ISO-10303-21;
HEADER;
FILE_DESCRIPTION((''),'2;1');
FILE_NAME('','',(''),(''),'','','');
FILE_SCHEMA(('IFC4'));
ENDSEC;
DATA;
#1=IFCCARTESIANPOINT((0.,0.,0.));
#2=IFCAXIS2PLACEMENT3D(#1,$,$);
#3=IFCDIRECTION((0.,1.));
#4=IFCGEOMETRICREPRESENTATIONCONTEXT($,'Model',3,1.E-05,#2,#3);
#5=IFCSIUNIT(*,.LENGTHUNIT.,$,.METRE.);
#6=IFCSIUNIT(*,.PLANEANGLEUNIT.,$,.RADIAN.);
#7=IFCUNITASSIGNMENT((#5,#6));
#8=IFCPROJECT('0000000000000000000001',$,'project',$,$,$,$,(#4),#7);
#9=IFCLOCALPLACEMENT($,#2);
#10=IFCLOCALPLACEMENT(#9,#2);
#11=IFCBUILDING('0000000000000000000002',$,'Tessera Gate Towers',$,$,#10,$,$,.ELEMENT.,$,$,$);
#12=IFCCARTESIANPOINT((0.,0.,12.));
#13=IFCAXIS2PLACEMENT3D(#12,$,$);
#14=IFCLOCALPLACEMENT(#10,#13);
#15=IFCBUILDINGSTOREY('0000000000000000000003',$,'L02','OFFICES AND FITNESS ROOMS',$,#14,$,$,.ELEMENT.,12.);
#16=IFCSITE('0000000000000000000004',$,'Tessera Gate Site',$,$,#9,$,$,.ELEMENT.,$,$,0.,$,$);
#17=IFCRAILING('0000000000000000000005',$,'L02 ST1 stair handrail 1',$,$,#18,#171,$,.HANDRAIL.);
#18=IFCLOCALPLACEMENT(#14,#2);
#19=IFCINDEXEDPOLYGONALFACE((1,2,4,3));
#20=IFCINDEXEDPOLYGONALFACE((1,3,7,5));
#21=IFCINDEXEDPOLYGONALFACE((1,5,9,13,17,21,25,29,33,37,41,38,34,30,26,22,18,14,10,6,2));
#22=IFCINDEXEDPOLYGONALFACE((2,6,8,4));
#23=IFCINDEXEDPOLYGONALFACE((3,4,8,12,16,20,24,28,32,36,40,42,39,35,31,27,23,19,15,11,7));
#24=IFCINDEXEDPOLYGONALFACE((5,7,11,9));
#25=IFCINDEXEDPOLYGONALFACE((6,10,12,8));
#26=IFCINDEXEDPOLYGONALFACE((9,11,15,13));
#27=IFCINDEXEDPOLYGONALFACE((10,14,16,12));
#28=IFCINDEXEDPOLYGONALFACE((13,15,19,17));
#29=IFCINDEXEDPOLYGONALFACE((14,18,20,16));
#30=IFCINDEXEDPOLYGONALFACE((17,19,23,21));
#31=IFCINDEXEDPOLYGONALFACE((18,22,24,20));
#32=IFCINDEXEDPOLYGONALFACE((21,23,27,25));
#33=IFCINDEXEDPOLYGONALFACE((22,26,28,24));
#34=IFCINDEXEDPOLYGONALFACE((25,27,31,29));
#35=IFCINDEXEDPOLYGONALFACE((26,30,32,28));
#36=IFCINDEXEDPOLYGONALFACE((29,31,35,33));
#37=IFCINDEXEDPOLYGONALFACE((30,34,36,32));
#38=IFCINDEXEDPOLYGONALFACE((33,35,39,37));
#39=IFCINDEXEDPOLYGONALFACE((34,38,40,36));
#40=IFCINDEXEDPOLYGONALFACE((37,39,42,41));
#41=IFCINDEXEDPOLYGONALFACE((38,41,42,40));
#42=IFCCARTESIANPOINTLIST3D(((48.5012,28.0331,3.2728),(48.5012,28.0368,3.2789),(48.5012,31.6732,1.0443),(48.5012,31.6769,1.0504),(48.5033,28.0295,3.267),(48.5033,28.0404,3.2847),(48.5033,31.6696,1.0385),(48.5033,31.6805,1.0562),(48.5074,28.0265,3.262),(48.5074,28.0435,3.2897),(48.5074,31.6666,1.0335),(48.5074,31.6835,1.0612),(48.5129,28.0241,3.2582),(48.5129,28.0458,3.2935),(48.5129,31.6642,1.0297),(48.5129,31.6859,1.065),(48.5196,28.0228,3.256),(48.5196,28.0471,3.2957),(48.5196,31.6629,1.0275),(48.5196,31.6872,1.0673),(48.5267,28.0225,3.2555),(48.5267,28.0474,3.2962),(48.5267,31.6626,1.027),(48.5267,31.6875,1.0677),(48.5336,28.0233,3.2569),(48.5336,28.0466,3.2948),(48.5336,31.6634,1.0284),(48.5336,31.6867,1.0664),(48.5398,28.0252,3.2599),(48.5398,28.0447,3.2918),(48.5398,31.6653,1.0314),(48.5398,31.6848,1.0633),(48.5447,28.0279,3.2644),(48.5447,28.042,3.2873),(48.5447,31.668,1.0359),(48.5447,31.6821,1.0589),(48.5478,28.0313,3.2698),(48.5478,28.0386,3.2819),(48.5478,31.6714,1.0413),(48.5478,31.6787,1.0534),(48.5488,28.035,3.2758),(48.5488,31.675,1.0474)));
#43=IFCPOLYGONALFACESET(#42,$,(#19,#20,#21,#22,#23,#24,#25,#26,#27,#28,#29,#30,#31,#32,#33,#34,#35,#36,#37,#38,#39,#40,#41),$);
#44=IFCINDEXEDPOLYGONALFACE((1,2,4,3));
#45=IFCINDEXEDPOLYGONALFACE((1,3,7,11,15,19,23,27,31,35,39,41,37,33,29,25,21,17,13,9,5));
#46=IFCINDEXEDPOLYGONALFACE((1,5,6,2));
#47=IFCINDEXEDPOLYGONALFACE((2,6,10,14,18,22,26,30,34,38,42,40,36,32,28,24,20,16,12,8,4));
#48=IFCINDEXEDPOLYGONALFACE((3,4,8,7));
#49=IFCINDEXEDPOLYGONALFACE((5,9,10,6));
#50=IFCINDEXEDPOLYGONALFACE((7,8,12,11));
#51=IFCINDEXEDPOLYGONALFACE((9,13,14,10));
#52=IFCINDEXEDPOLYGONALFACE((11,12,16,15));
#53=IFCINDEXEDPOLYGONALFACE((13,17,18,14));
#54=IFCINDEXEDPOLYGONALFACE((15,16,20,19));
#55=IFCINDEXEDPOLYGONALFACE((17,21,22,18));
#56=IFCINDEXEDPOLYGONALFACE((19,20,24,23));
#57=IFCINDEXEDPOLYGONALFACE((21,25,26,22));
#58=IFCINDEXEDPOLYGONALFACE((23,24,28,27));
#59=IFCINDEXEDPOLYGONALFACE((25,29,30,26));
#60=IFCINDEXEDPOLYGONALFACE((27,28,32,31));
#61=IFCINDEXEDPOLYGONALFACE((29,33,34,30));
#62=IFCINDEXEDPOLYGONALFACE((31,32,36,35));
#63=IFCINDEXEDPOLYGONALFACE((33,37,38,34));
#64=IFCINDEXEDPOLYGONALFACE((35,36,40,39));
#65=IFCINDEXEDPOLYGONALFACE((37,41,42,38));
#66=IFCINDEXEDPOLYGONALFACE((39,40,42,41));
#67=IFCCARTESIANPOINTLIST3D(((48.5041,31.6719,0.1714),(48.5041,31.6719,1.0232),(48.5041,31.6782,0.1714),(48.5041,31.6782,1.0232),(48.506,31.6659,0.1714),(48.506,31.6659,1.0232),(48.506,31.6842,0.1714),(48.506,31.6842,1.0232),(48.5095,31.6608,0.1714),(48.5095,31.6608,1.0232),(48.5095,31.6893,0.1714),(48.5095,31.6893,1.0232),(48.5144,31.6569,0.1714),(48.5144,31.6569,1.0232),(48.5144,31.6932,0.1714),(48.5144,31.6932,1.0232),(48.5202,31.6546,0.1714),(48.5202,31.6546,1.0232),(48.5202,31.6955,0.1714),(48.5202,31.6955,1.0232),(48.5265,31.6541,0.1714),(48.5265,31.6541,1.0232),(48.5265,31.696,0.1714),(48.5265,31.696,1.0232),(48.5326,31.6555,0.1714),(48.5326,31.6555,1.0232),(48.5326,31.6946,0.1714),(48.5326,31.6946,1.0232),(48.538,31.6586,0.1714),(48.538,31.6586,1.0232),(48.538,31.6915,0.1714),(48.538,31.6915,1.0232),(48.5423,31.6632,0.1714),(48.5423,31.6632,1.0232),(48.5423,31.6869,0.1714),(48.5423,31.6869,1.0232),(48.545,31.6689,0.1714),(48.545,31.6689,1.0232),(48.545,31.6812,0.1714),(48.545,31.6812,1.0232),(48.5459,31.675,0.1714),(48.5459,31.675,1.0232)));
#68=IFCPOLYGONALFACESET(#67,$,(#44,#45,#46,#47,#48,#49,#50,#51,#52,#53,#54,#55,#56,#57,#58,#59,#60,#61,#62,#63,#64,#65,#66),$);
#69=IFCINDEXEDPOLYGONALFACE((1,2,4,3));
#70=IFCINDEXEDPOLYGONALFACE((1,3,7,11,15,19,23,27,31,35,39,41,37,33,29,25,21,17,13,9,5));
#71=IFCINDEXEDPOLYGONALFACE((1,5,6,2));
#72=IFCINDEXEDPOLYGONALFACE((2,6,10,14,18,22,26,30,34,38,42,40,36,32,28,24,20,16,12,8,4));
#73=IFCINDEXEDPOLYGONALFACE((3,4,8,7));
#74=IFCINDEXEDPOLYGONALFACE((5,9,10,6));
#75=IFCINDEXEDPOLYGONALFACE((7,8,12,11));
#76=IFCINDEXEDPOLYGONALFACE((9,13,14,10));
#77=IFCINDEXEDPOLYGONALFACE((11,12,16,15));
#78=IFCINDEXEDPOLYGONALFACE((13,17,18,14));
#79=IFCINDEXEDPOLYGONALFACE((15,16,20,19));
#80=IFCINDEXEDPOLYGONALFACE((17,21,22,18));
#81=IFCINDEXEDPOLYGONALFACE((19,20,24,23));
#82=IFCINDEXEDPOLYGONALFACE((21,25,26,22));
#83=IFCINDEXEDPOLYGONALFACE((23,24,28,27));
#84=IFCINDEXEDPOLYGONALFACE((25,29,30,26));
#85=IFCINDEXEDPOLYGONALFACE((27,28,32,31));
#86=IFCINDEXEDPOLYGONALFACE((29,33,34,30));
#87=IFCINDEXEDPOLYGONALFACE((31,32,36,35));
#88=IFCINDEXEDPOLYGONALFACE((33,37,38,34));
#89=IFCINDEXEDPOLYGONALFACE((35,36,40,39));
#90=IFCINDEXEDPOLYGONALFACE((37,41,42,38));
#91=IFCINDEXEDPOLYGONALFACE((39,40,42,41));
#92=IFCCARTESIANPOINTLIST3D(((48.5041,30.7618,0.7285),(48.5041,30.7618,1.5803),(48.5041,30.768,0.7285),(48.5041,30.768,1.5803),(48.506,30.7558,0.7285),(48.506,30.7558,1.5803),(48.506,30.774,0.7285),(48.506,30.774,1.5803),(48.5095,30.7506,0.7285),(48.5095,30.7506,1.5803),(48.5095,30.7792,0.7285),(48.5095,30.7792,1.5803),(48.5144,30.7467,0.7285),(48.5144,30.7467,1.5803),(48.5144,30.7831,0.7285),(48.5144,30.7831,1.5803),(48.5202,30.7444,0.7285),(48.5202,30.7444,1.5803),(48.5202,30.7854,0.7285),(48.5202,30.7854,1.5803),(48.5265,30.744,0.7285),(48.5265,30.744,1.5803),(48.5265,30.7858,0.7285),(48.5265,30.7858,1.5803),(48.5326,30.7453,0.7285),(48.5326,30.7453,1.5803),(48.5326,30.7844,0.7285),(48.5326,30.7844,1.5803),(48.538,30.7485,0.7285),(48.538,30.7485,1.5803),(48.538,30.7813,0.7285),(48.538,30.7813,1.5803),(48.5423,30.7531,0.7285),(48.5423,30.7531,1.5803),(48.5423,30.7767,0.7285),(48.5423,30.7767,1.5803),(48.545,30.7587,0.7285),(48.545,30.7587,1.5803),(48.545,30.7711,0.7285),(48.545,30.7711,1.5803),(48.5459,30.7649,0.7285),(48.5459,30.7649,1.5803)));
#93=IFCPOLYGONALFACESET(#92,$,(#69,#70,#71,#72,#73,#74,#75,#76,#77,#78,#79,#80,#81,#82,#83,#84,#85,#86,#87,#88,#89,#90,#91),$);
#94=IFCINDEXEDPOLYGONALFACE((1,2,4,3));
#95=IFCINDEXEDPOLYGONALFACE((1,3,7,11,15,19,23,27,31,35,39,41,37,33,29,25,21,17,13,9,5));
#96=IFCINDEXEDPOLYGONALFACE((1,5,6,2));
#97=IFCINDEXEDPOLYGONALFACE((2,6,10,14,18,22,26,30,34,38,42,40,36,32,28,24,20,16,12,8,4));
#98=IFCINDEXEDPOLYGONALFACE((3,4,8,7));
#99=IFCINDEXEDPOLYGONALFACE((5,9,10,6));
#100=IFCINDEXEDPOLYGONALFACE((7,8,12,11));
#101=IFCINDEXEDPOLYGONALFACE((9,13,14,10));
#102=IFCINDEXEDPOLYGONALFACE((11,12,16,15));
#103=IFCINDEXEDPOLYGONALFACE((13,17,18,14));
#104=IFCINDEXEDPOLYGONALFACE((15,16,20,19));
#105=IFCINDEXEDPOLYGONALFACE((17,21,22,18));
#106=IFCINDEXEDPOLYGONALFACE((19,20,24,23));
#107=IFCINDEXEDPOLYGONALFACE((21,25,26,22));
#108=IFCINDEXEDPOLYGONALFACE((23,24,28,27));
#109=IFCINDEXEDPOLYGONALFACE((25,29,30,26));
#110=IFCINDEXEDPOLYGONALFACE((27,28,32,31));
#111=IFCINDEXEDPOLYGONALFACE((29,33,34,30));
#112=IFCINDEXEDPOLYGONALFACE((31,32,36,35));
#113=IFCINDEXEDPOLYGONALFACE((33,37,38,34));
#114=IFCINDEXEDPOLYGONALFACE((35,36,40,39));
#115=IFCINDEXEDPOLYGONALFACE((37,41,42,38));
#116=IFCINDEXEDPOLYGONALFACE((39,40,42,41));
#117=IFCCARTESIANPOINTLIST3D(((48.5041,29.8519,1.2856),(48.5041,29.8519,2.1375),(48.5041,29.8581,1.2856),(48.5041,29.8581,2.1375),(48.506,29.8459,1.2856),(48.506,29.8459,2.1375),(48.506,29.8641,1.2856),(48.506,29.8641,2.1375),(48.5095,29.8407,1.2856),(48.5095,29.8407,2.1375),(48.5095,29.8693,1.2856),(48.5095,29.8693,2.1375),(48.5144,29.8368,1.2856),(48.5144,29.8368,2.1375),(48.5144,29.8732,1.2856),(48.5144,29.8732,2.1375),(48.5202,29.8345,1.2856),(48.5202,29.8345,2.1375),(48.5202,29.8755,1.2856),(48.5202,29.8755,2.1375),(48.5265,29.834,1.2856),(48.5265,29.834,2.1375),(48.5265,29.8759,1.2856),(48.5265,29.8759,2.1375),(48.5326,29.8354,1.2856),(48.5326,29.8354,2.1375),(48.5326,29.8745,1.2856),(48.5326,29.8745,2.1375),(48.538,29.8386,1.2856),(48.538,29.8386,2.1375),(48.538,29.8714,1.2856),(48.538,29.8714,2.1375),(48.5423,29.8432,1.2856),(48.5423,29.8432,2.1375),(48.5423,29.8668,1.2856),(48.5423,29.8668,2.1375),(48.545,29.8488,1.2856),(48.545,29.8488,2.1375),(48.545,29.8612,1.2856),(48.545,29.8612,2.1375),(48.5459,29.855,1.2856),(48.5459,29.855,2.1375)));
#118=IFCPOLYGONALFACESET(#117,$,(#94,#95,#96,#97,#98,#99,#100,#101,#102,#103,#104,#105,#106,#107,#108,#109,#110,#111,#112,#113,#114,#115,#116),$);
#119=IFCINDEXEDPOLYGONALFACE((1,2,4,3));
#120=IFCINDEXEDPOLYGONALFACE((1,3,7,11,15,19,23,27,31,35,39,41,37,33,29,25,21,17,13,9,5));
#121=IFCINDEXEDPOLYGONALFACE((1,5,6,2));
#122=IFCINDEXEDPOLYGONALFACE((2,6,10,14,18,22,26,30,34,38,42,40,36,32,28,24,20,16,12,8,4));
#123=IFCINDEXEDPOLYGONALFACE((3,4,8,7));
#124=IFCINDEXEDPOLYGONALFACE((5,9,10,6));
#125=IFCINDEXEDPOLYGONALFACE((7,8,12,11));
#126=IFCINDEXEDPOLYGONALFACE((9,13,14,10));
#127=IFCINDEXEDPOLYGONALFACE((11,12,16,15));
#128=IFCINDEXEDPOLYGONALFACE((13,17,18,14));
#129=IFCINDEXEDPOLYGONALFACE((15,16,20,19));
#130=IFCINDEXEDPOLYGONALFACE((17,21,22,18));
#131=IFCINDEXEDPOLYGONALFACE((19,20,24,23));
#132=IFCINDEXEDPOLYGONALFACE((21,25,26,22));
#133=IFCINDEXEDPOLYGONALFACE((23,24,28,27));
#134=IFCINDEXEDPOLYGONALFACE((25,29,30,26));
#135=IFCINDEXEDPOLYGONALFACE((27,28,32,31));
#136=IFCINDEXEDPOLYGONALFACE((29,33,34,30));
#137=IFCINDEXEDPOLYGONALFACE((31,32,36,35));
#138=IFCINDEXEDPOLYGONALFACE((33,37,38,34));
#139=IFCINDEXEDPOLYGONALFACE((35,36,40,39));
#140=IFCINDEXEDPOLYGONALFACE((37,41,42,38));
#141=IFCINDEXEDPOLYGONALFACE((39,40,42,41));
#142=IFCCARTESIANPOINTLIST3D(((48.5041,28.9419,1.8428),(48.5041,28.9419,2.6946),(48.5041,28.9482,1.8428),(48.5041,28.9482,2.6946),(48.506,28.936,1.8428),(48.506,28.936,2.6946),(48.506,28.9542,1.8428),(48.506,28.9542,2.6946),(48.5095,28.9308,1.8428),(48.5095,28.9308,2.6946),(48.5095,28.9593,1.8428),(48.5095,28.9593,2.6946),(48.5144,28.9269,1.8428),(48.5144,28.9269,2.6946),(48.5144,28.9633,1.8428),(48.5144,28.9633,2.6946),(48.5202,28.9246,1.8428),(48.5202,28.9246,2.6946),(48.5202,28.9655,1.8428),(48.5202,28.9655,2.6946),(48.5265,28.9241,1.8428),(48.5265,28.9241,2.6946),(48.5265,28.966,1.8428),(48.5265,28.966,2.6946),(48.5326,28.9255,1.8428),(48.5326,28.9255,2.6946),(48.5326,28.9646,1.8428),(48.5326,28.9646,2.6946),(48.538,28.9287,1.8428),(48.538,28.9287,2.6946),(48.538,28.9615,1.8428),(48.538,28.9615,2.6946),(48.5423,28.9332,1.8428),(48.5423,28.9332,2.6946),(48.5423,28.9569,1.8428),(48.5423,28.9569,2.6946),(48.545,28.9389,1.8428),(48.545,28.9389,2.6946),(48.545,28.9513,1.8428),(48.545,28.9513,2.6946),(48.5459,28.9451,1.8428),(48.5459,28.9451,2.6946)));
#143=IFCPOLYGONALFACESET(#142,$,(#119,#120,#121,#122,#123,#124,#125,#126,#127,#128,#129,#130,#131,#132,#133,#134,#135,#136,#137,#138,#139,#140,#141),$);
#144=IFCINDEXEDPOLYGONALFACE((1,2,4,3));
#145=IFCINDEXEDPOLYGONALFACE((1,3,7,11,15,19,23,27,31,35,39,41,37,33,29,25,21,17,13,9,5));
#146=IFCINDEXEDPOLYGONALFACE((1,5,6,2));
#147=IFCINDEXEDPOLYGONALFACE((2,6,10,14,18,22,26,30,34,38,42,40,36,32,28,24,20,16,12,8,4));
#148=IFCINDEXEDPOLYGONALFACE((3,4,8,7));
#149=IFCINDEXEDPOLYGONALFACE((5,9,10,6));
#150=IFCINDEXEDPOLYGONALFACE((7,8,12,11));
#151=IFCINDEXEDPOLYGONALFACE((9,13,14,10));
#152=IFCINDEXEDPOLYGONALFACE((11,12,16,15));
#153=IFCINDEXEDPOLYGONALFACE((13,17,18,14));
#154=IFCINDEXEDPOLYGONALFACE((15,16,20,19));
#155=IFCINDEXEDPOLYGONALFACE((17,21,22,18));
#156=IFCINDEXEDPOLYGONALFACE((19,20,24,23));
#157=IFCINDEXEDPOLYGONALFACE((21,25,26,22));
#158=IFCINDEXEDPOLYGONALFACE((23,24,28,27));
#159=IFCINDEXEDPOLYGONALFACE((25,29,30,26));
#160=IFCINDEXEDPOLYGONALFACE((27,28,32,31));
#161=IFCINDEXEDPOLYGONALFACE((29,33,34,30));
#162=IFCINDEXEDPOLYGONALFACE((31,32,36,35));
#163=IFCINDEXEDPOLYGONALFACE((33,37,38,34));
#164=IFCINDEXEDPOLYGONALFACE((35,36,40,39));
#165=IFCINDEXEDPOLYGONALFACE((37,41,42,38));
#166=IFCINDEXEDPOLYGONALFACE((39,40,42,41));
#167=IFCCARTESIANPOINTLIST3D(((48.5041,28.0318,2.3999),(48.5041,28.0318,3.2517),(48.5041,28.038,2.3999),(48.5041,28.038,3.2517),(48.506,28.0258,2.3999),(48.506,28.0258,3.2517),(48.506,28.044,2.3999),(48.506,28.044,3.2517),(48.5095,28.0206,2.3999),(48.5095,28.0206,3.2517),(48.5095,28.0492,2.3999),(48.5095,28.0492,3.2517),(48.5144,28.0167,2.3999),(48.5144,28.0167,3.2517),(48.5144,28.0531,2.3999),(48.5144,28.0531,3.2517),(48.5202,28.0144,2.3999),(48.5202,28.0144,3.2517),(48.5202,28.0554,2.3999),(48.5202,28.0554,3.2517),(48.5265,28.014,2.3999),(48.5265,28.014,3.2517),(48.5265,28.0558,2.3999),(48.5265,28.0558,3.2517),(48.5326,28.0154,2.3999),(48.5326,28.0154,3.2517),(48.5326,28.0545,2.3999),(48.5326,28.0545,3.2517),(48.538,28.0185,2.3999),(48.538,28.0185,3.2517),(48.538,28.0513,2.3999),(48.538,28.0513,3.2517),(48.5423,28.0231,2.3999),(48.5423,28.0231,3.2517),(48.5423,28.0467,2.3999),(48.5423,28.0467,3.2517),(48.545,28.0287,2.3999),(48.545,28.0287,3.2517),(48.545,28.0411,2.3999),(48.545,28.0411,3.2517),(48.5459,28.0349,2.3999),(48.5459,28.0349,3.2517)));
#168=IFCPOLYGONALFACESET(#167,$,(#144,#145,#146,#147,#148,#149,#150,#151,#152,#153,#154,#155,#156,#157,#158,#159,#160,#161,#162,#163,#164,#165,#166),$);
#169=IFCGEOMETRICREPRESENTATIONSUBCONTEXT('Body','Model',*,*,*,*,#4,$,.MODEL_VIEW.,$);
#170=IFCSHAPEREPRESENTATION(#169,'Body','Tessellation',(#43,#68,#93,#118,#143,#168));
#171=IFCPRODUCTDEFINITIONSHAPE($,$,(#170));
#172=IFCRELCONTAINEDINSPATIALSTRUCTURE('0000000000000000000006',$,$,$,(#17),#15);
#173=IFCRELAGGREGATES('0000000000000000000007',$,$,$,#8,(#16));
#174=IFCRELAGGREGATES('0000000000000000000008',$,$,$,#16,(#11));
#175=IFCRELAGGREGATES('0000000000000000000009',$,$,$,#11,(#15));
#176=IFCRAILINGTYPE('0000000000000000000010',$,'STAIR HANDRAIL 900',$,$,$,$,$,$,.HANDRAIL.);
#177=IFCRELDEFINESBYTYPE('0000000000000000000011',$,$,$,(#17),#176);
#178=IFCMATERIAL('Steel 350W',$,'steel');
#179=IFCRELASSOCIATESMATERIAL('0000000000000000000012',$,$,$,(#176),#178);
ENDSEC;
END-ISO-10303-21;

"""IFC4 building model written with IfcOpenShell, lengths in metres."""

from ifc_helpers import new_model, si_unit, direction, frame, origin, origin_2d, place, context, subcontext, project, spatial, circle, extrude, material, type_object, element, save


model = new_model("IFC4")

# Units and contexts
model_context = context("Model", 3, precision=1e-05, world=origin(), true_north=direction((0.0, 1.0)))
body_context = subcontext(model_context, "Body", "Model", "MODEL_VIEW")
ifc_project = project(units=[si_unit("LENGTHUNIT", "METRE"), si_unit("PLANEANGLEUNIT", "RADIAN")], contexts=[model_context])

# Site, building, storey
site_placement = place(None, origin())
site = spatial("IfcSite", under=ifc_project, at=site_placement, Name="Tessera Gate Site", CompositionType="ELEMENT", RefElevation=0.0)
building_placement = place(site_placement, origin())
building = spatial("IfcBuilding", under=site, at=building_placement, Name="Tessera Gate Towers", CompositionType="ELEMENT")
storey_placement = place(building_placement, frame((0.0, 0.0, 12.0)))
storey = spatial("IfcBuildingStorey", under=building, at=storey_placement, Name="L02", Description="OFFICES AND FITNESS ROOMS", CompositionType="ELEMENT", Elevation=12.0)

# Railing
ifc_material_1 = material(Name="Steel 350W", Category="steel")
railing_type = type_object("IfcRailingType", Name="STAIR HANDRAIL 900", PredefinedType="HANDRAIL", material=ifc_material_1)
railing_placement = place(storey_placement, frame((48.5249, 31.675, 0.1714)))
element("IfcRailing", 1, at=railing_placement, inside=storey, type_object=railing_type, Name="L02 ST1 stair handrail 1", PredefinedType="HANDRAIL", context=body_context, shape_type="SweptSolid", body=[
    extrude(circle(Radius=0.0239, at=origin_2d()), frame((0.0, 0.0, 0.876), z_axis=(0.0, -0.852866, 0.52213), x_axis=(1.0, 0.0, 0.0)), (0.0, 0.0, 1.0), 4.2681),
    extrude(circle(Radius=0.021, at=origin_2d()), origin(), (0.0, 0.0, 1.0), 0.8518),
    extrude(circle(Radius=0.021, at=origin_2d()), frame((0.0, -0.9102, 0.5571)), (0.0, 0.0, 1.0), 0.8518),
    extrude(circle(Radius=0.021, at=origin_2d()), frame((0.0, -1.8201, 1.1143)), (0.0, 0.0, 1.0), 0.8518),
    extrude(circle(Radius=0.021, at=origin_2d()), frame((0.0, -2.73, 1.6714)), (0.0, 0.0, 1.0), 0.8518),
    extrude(circle(Radius=0.021, at=origin_2d()), frame((0.0, -3.6401, 2.2285)), (0.0, 0.0, 1.0), 0.8518),
])

save(model, "model.ifc")
